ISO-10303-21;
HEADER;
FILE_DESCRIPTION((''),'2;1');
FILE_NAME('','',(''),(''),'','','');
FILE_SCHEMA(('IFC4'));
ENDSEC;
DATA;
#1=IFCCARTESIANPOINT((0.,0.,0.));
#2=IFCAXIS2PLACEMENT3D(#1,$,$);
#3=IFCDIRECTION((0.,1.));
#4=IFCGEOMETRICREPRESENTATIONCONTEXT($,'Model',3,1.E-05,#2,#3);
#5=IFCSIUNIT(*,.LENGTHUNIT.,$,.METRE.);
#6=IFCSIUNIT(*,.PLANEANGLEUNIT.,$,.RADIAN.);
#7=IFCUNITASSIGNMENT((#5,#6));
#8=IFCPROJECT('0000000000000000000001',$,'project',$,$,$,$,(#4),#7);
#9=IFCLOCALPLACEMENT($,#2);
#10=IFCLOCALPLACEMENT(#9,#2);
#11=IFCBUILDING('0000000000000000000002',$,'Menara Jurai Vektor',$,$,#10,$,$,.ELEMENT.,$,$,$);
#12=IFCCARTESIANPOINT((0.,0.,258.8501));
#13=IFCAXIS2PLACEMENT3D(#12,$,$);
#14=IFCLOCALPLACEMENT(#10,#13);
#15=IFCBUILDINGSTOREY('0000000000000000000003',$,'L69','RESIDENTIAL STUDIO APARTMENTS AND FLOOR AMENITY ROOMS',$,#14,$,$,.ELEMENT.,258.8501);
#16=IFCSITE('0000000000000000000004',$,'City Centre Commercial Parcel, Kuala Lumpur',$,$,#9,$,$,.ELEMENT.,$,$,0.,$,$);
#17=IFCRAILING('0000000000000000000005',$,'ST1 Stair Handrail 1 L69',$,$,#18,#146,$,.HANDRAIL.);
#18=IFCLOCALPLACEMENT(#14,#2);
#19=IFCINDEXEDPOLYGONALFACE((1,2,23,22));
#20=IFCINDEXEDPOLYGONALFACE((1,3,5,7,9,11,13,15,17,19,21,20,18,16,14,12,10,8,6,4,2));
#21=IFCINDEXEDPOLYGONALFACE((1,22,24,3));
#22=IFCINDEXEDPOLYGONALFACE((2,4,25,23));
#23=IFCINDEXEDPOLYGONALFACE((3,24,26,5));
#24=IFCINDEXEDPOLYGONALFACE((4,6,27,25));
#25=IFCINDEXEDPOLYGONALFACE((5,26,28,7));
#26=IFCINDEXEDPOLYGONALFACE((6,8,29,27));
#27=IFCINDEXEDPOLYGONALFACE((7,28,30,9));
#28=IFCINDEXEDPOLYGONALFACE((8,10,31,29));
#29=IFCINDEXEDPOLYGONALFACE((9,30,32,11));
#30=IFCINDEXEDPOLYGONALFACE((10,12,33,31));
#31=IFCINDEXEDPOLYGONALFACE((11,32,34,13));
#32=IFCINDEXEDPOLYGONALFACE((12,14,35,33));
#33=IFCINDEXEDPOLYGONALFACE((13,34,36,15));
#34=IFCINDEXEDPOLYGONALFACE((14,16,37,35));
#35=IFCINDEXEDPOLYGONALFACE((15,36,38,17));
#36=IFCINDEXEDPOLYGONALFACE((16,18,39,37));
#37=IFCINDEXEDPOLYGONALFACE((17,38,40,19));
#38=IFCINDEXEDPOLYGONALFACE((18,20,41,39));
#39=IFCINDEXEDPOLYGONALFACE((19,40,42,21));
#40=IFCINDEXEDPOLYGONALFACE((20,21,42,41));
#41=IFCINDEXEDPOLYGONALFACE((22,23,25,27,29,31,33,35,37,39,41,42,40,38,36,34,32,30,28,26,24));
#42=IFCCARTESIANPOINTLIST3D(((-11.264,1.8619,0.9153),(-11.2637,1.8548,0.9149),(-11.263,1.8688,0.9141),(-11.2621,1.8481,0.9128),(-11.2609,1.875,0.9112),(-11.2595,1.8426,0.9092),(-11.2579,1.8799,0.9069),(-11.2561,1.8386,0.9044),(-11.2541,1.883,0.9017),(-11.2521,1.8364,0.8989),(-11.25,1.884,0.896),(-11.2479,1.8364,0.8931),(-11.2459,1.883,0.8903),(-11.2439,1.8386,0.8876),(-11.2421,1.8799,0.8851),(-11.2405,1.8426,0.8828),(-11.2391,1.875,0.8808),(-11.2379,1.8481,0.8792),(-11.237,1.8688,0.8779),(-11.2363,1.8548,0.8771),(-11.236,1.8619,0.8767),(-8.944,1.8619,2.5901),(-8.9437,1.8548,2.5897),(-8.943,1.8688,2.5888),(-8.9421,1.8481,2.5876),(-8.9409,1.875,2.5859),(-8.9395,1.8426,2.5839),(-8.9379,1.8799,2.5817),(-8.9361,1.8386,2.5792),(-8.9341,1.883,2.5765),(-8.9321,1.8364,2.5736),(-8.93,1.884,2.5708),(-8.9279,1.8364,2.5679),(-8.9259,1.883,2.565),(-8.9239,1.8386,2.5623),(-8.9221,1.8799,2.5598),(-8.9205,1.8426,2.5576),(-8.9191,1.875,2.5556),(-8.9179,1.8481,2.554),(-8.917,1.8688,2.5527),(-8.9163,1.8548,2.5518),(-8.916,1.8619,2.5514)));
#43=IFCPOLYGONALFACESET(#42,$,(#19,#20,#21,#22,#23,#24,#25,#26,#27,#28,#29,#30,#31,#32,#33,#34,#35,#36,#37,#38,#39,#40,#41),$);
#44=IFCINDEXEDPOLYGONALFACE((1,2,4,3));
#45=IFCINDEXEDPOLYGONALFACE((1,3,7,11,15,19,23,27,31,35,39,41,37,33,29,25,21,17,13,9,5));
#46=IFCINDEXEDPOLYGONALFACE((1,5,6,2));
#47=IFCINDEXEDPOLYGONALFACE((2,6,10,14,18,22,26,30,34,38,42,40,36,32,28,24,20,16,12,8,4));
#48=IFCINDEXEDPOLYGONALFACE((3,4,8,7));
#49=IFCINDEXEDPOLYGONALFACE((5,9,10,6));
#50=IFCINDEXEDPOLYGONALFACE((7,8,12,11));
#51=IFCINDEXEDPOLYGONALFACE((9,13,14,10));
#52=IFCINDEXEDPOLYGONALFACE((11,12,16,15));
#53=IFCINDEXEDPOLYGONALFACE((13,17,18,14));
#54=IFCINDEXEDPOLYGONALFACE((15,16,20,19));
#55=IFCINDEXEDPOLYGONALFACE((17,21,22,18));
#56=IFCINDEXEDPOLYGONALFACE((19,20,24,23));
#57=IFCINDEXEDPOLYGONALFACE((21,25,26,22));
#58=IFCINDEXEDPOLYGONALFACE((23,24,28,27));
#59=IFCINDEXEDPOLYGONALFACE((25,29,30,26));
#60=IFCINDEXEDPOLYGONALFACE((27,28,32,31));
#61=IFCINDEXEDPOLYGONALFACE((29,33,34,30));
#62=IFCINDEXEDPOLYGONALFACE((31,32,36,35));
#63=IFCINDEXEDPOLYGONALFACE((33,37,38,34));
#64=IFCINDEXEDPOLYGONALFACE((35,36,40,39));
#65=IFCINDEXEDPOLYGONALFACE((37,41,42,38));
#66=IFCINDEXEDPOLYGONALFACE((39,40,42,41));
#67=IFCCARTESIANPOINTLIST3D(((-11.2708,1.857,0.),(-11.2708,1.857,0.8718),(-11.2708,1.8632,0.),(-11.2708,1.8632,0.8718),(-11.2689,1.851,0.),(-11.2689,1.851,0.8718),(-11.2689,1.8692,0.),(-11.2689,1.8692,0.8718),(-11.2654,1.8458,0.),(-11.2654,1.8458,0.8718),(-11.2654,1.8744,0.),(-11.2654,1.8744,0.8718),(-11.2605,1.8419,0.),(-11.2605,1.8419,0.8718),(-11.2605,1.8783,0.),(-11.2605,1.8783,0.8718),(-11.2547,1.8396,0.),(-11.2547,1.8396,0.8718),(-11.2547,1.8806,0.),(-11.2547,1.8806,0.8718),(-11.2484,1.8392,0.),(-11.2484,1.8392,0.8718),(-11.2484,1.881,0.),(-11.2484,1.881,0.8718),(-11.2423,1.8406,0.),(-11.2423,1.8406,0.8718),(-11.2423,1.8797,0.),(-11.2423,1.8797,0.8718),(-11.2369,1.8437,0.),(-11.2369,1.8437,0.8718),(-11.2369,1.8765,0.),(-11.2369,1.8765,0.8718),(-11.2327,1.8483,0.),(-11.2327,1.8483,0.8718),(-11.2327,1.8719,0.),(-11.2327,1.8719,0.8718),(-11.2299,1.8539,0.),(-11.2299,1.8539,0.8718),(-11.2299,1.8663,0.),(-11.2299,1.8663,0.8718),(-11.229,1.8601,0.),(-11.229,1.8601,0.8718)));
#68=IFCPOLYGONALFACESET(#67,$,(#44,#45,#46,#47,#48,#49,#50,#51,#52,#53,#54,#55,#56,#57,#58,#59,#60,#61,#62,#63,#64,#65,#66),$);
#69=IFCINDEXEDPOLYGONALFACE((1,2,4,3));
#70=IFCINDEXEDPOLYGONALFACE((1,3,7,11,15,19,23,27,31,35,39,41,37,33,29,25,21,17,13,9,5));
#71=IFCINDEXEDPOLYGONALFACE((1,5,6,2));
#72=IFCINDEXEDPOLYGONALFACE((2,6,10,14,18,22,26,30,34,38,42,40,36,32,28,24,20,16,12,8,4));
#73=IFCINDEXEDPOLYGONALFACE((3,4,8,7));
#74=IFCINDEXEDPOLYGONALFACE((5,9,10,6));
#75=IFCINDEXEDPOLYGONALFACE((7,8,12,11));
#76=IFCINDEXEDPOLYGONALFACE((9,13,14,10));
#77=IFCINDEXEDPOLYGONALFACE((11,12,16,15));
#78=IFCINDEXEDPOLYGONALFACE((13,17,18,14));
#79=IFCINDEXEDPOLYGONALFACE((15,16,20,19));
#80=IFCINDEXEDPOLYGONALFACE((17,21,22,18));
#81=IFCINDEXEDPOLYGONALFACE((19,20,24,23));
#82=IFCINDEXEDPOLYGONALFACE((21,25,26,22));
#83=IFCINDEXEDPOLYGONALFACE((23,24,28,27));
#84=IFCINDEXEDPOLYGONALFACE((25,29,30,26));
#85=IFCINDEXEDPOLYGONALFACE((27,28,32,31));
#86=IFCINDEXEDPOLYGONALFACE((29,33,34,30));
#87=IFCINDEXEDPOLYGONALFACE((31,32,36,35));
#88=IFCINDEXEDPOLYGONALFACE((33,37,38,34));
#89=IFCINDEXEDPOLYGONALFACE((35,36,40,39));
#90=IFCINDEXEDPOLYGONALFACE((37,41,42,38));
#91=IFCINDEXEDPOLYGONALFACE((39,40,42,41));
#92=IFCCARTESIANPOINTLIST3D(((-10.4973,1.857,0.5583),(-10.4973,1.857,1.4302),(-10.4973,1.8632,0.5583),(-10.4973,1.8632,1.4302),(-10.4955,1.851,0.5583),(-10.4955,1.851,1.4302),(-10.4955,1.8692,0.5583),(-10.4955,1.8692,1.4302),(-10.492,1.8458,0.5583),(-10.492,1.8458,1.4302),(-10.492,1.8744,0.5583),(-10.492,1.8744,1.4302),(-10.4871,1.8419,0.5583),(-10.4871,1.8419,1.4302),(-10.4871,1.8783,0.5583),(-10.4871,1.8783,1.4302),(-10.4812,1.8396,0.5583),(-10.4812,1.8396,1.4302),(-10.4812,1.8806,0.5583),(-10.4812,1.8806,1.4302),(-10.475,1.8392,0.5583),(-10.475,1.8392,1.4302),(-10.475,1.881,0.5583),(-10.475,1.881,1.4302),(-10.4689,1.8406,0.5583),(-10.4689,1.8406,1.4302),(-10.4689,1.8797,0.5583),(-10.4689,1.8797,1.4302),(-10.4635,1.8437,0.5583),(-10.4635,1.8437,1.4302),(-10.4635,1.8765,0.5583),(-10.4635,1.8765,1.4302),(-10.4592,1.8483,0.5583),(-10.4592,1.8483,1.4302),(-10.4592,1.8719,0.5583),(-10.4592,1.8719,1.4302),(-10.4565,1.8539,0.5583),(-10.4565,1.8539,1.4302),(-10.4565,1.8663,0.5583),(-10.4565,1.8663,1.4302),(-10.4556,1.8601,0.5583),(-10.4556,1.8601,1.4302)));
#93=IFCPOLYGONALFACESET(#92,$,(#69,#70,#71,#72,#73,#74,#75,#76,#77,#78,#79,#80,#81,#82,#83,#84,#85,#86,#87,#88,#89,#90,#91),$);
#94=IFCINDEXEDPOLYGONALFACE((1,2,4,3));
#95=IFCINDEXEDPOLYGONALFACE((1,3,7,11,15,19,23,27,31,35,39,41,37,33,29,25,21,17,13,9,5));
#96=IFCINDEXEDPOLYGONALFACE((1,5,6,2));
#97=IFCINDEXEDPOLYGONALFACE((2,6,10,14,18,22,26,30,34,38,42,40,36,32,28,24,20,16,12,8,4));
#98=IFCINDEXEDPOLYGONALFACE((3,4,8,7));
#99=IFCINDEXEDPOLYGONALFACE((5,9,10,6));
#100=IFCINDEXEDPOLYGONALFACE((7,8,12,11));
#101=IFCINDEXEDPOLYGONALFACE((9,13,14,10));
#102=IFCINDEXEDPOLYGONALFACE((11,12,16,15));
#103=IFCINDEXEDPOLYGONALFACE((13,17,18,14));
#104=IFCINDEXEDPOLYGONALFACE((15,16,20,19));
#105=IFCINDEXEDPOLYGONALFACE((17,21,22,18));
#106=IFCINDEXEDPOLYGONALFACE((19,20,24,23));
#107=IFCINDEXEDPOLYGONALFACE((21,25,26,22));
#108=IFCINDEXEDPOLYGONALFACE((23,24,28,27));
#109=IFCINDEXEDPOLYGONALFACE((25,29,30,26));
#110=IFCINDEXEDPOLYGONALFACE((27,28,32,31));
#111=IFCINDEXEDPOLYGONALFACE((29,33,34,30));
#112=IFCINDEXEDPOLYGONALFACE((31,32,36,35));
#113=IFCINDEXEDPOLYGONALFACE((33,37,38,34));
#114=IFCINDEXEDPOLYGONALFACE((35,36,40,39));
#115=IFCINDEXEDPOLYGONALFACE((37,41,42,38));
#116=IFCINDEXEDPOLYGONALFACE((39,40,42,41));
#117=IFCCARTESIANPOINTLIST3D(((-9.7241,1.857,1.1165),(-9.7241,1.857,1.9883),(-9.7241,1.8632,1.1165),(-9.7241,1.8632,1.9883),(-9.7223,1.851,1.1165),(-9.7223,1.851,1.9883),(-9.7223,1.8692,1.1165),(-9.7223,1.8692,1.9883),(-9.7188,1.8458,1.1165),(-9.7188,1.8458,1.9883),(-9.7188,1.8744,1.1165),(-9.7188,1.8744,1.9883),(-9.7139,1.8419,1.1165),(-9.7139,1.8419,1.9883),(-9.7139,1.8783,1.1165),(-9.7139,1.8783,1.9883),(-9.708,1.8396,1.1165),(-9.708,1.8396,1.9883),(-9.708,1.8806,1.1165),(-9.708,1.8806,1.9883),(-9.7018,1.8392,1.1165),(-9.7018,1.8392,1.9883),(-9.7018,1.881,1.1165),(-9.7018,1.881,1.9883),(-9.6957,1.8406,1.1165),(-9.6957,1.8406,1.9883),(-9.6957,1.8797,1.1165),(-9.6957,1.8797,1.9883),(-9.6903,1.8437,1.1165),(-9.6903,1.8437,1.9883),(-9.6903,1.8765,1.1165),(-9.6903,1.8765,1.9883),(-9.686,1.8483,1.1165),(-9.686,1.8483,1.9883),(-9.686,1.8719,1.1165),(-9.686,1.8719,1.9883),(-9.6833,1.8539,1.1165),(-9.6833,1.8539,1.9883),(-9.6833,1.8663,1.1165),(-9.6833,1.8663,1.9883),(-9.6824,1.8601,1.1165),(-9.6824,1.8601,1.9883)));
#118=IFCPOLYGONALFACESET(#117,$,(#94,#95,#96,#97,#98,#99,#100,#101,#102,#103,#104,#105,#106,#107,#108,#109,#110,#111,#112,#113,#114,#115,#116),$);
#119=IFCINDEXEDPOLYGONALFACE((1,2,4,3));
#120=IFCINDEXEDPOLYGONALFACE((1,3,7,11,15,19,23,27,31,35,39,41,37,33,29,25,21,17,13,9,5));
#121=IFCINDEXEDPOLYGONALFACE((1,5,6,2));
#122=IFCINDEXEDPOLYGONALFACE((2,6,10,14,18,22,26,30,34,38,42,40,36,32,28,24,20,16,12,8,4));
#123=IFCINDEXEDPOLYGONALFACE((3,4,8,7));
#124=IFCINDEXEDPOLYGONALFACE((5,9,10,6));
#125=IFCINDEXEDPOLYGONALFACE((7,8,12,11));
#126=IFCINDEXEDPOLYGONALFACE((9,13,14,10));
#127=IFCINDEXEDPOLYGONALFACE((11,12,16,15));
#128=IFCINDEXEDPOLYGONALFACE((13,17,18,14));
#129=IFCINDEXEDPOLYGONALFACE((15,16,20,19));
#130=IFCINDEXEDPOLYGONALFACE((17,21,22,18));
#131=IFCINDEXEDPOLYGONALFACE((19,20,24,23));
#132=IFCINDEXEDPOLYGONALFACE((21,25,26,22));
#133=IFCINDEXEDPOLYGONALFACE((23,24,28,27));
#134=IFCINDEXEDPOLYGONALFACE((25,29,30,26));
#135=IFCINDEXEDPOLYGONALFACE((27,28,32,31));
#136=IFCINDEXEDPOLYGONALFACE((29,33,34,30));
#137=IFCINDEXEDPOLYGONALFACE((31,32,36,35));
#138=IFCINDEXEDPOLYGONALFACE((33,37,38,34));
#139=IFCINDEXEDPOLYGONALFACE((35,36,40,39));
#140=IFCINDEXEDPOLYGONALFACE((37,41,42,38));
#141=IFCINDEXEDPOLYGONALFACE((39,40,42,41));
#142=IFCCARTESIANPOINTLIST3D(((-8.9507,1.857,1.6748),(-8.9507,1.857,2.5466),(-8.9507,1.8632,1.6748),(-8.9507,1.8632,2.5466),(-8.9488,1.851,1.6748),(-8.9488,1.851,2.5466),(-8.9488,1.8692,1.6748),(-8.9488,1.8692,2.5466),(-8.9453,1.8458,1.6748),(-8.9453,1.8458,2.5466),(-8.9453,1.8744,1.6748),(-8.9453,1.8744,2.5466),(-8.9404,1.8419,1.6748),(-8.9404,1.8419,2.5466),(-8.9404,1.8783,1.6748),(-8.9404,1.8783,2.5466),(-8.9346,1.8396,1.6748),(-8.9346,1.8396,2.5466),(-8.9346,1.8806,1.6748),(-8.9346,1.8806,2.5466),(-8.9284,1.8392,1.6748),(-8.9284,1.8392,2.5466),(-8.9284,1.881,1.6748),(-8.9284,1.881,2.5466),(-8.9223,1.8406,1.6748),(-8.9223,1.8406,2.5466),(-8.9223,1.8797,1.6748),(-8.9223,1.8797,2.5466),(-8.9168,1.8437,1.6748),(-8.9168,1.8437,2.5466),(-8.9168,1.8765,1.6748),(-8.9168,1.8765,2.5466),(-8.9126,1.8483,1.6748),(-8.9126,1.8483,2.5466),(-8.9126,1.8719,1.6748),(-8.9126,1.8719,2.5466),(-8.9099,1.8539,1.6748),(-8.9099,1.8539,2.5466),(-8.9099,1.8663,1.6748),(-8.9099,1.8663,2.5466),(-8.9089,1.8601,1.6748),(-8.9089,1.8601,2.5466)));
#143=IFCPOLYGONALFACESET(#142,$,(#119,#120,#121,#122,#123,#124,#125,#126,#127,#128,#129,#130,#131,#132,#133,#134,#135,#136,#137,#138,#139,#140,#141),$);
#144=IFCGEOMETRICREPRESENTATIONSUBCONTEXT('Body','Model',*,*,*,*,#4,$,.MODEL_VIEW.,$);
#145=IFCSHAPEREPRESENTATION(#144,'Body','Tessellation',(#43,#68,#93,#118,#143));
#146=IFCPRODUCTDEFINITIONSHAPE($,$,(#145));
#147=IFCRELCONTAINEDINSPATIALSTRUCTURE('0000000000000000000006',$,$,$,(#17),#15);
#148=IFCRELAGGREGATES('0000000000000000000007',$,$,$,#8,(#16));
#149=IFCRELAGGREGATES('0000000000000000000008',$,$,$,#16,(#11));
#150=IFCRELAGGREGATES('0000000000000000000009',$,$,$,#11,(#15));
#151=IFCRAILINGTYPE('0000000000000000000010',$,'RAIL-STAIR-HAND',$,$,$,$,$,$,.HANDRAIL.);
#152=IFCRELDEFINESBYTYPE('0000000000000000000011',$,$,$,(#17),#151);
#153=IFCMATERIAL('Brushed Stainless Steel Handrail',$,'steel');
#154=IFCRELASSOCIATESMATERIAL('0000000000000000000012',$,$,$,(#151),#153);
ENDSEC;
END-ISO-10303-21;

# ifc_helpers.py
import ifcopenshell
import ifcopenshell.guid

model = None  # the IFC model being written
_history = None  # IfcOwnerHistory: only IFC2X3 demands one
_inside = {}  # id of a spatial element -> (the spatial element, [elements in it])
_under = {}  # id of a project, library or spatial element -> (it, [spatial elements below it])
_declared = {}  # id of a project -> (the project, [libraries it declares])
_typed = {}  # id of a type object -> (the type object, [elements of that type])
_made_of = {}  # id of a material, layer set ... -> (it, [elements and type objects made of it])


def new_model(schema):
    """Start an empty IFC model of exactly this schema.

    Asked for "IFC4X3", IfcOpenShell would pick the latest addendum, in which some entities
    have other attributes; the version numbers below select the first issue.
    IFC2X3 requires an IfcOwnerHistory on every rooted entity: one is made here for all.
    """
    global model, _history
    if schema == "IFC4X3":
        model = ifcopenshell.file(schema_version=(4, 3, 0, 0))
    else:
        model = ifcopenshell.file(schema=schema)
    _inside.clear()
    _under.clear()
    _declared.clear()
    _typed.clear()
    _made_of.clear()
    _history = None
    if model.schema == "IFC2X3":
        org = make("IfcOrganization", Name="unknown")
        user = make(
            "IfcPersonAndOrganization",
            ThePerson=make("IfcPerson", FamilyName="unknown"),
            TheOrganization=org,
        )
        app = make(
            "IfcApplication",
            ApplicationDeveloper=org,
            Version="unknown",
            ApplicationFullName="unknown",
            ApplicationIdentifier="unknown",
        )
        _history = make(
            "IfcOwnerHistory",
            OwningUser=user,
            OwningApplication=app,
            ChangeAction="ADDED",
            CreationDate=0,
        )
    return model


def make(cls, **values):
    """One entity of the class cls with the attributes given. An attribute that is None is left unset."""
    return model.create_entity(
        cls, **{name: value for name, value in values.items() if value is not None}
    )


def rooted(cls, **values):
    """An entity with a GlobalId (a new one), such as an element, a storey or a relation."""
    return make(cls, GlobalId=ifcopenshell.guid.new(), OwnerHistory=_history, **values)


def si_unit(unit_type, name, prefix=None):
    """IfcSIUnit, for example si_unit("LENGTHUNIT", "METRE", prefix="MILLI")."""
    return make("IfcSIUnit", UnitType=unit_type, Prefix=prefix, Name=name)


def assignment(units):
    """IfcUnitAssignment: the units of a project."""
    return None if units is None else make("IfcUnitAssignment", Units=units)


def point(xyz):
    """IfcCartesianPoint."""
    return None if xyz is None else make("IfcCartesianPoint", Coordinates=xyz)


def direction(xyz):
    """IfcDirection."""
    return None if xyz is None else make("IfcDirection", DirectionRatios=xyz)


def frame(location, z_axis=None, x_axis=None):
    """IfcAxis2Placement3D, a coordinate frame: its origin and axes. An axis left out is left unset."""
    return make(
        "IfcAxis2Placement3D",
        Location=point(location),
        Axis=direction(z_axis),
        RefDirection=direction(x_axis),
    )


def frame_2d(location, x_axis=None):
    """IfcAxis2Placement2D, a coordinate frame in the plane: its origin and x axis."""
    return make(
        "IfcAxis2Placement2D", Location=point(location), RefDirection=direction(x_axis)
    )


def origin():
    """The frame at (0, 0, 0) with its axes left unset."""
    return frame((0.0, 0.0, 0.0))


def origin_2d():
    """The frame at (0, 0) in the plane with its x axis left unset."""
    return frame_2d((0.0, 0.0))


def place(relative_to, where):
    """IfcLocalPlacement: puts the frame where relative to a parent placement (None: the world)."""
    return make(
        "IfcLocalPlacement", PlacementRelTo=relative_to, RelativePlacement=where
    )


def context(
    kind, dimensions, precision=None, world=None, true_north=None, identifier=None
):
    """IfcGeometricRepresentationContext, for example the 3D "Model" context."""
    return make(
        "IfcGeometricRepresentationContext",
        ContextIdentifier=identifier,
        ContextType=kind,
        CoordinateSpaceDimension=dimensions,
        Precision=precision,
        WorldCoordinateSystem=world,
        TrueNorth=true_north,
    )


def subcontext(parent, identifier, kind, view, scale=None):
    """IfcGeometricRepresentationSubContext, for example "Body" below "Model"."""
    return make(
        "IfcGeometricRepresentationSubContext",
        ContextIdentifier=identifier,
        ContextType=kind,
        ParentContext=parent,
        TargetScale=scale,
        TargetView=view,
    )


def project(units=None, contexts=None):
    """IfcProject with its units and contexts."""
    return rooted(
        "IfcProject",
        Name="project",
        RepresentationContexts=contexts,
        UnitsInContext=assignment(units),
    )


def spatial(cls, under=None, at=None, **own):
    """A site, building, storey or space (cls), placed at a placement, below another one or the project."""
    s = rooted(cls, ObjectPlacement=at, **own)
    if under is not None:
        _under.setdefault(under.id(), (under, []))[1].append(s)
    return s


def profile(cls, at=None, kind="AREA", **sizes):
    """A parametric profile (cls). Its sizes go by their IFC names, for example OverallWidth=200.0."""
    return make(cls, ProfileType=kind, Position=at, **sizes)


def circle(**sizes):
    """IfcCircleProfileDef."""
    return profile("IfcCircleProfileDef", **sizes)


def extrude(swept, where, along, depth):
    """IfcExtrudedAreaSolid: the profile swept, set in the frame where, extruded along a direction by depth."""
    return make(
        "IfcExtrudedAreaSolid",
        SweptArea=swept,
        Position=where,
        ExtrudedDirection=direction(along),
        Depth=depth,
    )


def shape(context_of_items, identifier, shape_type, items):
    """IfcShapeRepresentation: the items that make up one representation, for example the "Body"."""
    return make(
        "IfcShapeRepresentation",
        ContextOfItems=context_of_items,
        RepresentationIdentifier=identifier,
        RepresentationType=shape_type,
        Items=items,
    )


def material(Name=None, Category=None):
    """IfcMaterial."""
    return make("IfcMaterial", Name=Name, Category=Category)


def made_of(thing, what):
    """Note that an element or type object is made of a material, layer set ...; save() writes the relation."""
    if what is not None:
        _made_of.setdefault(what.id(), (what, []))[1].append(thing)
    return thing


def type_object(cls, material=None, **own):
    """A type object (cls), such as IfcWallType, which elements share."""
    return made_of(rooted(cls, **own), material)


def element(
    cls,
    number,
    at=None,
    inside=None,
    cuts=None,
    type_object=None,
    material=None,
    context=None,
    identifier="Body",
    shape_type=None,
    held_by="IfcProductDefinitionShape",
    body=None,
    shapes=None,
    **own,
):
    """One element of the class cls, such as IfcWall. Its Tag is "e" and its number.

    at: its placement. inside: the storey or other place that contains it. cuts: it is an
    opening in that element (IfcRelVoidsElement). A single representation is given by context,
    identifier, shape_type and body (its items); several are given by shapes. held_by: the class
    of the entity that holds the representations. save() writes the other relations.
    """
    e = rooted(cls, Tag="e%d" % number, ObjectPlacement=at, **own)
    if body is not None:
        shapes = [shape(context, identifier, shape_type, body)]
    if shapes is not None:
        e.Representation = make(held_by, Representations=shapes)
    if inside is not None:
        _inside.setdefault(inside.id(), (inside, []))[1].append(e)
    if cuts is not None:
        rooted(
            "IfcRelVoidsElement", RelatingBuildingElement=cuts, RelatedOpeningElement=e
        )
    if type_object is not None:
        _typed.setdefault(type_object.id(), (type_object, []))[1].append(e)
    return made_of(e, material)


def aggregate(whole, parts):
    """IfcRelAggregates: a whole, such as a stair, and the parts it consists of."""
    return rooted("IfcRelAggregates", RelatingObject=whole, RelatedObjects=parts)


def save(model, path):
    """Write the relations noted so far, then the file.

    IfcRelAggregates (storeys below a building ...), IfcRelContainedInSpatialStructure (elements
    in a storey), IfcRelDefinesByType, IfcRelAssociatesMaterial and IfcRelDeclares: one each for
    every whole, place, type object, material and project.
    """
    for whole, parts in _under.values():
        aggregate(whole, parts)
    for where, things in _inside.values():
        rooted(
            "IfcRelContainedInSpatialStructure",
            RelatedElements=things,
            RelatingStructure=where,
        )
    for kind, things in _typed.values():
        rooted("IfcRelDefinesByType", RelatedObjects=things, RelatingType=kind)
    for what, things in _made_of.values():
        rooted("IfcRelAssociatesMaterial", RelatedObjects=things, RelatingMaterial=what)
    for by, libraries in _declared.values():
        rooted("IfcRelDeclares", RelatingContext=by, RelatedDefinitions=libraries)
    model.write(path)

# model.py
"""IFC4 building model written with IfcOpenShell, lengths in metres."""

from ifc_helpers import new_model, si_unit, direction, frame, origin, origin_2d, place, context, subcontext, project, spatial, circle, extrude, material, type_object, element, save


model = new_model("IFC4")

# Units and contexts
model_context = context("Model", 3, precision=1e-05, world=origin(), true_north=direction((0.0, 1.0)))
body_context = subcontext(model_context, "Body", "Model", "MODEL_VIEW")
ifc_project = project(units=[si_unit("LENGTHUNIT", "METRE"), si_unit("PLANEANGLEUNIT", "RADIAN")], contexts=[model_context])

# Site, building, storey
site_placement = place(None, origin())
site = spatial("IfcSite", under=ifc_project, at=site_placement, Name="City Centre Commercial Parcel, Kuala Lumpur", CompositionType="ELEMENT", RefElevation=0.0)
building_placement = place(site_placement, origin())
building = spatial("IfcBuilding", under=site, at=building_placement, Name="Menara Jurai Vektor", CompositionType="ELEMENT")
storey_placement = place(building_placement, frame((0.0, 0.0, 258.8501)))
storey = spatial("IfcBuildingStorey", under=building, at=storey_placement, Name="L69", Description="RESIDENTIAL STUDIO APARTMENTS AND FLOOR AMENITY ROOMS", CompositionType="ELEMENT", Elevation=258.8501)

# Railing
ifc_material_1 = material(Name="Brushed Stainless Steel Handrail", Category="steel")
railing_type_1 = type_object("IfcRailingType", Name="RAIL-STAIR-HAND", PredefinedType="HANDRAIL", material=ifc_material_1)
railing_1_placement = place(storey_placement, frame((-11.25, 1.8601, 0.0)))
element("IfcRailing", 1, at=railing_1_placement, inside=storey, type_object=railing_type_1, Name="ST1 Stair Handrail 1 L69", PredefinedType="HANDRAIL", context=body_context, shape_type="SweptSolid", body=[
    extrude(circle(Radius=0.0239, at=origin_2d()), frame((0.0, 0.0, 0.896), z_axis=(0.810812, 0.0, 0.585307), x_axis=(0.0, 1.0, 0.0)), (0.0, 0.0, 1.0), 2.8613),
    extrude(circle(Radius=0.021, at=origin_2d()), origin(), (0.0, 0.0, 1.0), 0.8718),
    extrude(circle(Radius=0.021, at=origin_2d()), frame((0.7734, 0.0, 0.5583)), (0.0, 0.0, 1.0), 0.8718),
    extrude(circle(Radius=0.021, at=origin_2d()), frame((1.5466, 0.0, 1.1165)), (0.0, 0.0, 1.0), 0.8718),
    extrude(circle(Radius=0.021, at=origin_2d()), frame((2.3201, 0.0, 1.6748)), (0.0, 0.0, 1.0), 0.8718),
])

save(model, "model.ifc")
